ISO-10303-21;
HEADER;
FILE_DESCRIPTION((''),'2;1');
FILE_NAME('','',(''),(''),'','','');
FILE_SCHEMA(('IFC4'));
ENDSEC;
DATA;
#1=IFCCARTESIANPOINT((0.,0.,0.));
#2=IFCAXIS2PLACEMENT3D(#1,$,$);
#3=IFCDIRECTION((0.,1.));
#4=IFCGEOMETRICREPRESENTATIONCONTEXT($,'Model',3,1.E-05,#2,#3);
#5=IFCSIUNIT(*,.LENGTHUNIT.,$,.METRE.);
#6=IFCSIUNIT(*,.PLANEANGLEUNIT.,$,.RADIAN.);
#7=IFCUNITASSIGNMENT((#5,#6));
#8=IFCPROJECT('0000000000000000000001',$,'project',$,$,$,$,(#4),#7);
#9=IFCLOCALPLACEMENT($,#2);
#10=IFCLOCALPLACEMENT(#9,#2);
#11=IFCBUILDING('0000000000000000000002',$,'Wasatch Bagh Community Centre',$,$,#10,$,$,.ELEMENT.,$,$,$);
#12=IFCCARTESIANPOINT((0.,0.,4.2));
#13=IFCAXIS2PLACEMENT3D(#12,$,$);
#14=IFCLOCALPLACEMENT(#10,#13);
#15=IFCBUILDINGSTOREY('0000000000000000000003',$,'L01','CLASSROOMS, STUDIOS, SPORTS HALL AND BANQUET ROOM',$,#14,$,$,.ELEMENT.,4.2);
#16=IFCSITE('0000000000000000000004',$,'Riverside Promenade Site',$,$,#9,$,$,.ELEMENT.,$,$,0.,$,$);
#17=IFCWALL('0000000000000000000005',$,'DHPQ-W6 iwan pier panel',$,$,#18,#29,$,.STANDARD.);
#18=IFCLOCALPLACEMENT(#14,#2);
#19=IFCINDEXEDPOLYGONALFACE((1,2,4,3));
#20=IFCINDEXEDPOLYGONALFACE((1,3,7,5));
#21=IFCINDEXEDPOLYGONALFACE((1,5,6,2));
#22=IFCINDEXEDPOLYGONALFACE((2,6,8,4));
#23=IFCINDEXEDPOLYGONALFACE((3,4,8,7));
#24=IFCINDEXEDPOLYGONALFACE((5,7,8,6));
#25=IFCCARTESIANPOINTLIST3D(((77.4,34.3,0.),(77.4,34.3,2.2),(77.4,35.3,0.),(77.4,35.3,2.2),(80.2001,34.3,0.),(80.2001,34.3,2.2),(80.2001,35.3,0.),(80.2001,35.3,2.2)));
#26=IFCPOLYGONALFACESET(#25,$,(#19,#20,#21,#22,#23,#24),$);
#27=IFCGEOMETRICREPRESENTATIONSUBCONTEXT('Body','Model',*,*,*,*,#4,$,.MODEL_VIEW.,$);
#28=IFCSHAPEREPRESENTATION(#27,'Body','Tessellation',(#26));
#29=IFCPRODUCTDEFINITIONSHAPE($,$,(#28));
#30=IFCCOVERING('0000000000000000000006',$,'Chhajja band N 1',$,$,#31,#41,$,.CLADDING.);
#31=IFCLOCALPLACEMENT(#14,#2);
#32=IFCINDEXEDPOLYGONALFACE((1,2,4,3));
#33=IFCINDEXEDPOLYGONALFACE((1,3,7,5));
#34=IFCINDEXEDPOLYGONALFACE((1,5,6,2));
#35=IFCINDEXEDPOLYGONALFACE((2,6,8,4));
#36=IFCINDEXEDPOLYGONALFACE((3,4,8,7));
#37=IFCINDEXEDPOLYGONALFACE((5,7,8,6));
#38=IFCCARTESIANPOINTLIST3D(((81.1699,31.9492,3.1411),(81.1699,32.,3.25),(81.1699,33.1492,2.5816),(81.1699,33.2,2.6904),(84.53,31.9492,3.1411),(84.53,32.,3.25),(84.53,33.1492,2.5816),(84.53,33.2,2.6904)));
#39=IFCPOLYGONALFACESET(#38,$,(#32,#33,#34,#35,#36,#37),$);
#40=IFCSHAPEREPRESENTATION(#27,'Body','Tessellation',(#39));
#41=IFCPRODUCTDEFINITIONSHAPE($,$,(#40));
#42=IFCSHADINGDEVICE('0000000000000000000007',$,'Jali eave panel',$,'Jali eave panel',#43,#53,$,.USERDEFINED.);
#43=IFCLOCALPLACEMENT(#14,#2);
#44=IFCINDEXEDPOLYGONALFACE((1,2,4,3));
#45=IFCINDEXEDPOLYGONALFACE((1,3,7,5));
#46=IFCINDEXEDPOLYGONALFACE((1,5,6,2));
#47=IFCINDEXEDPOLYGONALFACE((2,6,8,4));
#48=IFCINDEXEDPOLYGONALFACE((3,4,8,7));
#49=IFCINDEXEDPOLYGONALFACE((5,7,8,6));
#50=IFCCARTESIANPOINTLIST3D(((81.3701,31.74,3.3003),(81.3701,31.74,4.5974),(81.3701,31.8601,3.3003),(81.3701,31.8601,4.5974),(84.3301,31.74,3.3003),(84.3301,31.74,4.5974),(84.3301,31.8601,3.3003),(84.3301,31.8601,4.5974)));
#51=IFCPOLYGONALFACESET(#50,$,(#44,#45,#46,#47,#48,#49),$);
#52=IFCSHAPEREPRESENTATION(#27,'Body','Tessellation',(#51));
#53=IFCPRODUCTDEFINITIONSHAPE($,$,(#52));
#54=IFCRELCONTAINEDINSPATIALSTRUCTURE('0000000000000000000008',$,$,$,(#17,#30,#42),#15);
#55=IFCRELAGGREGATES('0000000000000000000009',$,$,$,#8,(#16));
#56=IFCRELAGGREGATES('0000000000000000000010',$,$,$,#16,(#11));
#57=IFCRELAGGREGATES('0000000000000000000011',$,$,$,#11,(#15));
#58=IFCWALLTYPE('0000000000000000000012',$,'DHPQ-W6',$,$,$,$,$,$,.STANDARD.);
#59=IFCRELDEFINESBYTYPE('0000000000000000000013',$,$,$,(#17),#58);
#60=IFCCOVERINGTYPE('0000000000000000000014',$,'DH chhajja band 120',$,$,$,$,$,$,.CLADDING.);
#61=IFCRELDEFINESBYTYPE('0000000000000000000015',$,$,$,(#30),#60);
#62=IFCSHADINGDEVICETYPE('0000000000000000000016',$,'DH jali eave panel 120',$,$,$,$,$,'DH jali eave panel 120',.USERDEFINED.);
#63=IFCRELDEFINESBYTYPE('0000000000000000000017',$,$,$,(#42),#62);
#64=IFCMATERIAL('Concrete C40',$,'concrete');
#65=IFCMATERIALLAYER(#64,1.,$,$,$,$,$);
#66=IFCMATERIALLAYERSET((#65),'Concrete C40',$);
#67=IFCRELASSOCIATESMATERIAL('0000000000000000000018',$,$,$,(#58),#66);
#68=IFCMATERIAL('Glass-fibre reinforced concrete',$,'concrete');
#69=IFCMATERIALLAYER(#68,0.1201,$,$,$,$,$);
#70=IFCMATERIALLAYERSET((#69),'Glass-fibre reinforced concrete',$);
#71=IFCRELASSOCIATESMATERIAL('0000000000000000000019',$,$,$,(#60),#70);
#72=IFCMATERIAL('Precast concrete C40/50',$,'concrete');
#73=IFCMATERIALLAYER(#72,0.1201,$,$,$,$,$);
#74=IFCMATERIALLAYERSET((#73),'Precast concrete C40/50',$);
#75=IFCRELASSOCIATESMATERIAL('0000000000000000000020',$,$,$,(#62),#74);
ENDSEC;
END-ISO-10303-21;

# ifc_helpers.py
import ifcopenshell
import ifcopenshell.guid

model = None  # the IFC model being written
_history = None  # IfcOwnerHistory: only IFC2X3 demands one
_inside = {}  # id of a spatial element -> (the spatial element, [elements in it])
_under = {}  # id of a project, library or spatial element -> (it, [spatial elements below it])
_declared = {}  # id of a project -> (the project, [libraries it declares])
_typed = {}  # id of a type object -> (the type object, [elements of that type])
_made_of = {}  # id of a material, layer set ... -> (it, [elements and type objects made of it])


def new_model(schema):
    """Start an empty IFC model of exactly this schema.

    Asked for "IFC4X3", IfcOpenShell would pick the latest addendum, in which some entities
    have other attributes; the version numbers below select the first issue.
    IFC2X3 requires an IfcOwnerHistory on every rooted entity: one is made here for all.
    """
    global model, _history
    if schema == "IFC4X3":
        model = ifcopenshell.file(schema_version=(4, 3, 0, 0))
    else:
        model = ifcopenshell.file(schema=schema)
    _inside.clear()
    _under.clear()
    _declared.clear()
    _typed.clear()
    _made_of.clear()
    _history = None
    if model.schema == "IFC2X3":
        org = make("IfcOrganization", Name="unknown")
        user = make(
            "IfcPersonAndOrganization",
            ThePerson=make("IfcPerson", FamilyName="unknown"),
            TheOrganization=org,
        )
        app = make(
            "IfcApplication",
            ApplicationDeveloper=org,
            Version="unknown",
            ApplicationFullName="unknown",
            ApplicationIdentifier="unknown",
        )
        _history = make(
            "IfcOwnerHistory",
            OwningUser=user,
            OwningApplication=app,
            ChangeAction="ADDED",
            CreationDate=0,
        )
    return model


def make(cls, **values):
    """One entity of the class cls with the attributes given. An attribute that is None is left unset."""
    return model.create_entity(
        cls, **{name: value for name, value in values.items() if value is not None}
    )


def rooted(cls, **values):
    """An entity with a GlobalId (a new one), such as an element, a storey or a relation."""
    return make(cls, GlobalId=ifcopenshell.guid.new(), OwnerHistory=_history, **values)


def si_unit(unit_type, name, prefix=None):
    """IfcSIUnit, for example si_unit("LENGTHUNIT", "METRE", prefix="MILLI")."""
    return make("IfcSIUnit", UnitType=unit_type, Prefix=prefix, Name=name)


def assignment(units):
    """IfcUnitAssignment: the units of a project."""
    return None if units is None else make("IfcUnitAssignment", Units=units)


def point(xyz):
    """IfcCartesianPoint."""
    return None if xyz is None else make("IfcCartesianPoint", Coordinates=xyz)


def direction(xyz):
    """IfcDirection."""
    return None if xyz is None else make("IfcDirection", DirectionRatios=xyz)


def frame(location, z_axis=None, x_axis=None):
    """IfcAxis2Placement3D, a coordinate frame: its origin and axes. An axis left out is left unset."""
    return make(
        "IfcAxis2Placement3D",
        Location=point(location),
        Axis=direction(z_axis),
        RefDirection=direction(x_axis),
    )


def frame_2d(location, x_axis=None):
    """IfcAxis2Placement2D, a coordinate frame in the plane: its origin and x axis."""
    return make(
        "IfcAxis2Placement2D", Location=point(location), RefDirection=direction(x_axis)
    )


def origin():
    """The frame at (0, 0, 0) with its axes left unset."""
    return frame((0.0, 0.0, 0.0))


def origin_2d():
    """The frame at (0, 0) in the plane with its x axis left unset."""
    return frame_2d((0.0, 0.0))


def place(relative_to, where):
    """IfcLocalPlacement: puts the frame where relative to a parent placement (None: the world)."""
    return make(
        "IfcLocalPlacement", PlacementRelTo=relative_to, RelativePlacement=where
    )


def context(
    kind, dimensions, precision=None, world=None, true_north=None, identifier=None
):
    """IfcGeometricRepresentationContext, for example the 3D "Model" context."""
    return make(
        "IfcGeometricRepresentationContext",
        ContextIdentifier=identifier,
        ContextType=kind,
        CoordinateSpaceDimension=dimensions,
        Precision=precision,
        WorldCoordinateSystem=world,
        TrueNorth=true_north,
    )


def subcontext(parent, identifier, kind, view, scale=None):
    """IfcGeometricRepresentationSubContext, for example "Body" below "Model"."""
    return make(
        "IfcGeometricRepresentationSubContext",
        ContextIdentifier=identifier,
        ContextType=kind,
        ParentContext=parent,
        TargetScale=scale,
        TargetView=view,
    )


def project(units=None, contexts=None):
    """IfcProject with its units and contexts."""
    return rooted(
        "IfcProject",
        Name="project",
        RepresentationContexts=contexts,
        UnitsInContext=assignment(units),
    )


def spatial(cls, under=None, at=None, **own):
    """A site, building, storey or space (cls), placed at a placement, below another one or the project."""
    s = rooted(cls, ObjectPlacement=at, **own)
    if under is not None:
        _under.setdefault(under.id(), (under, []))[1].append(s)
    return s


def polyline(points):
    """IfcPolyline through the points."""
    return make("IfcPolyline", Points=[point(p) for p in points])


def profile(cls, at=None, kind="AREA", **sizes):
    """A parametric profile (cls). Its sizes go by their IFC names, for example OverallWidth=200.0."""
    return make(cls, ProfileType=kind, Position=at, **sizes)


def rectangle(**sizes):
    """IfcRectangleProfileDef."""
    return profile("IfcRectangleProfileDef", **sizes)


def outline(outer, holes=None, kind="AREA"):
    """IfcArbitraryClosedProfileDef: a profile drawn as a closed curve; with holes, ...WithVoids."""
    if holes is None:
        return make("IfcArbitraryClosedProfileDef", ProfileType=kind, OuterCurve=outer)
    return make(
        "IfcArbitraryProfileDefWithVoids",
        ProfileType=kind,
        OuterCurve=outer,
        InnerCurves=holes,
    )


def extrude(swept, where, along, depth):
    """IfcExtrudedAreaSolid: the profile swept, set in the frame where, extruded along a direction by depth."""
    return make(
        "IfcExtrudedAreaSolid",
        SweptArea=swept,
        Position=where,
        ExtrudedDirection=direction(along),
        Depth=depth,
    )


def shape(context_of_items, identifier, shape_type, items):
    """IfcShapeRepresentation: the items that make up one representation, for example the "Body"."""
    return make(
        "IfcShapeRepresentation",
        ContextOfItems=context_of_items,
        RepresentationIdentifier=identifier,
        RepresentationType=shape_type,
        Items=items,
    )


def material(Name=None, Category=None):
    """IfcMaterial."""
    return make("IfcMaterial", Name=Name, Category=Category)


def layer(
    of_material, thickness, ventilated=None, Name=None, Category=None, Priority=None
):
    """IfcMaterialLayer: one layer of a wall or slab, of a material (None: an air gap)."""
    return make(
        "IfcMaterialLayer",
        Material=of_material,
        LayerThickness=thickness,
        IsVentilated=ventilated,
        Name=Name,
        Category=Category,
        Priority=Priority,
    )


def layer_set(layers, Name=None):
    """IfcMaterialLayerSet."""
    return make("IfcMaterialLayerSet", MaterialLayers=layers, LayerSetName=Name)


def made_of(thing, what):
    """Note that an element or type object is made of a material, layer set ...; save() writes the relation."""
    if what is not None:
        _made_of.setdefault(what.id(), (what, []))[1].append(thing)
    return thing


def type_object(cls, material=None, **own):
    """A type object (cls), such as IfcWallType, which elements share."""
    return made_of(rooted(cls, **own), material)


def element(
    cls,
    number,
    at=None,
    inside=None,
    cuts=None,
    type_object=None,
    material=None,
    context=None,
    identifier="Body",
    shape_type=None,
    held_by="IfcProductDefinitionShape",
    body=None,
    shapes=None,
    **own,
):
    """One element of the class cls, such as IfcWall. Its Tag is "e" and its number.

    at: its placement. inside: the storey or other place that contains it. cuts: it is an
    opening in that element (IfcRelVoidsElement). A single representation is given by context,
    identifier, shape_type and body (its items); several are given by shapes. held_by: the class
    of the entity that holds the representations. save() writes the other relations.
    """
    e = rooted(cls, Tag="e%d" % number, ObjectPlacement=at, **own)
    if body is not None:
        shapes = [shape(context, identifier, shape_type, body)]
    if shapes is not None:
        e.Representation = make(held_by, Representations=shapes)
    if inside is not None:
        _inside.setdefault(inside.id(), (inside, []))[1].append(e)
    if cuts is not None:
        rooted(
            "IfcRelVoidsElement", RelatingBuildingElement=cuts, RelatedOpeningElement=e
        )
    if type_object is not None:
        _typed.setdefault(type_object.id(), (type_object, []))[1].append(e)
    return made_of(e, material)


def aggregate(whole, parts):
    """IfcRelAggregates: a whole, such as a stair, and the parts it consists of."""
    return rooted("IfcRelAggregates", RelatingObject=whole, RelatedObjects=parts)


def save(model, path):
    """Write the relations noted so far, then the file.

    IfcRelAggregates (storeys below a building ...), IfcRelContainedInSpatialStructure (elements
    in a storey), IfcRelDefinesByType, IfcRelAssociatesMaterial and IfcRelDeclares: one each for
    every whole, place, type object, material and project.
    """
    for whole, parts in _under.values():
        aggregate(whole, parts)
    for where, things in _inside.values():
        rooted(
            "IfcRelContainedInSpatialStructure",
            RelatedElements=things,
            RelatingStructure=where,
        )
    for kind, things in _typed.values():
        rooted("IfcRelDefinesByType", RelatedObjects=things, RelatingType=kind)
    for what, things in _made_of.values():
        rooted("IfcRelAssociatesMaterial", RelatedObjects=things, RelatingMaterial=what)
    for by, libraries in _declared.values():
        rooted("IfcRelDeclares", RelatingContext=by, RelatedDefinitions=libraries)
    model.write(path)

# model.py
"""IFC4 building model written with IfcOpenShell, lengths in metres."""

from ifc_helpers import new_model, si_unit, direction, frame, frame_2d, origin, origin_2d, place, context, subcontext, project, spatial, polyline, rectangle, outline, extrude, material, layer, layer_set, type_object, element, save


model = new_model("IFC4")

# Units and contexts
model_context = context("Model", 3, precision=1e-05, world=origin(), true_north=direction((0.0, 1.0)))
body_context = subcontext(model_context, "Body", "Model", "MODEL_VIEW")
ifc_project = project(units=[si_unit("LENGTHUNIT", "METRE"), si_unit("PLANEANGLEUNIT", "RADIAN")], contexts=[model_context])

# Site, building, storey
site_placement = place(None, origin())
site = spatial("IfcSite", under=ifc_project, at=site_placement, Name="Riverside Promenade Site", CompositionType="ELEMENT", RefElevation=0.0)
building_placement = place(site_placement, origin())
building = spatial("IfcBuilding", under=site, at=building_placement, Name="Wasatch Bagh Community Centre", CompositionType="ELEMENT")
storey_placement = place(building_placement, frame((0.0, 0.0, 4.2)))
storey = spatial("IfcBuildingStorey", under=building, at=storey_placement, Name="L01", Description="CLASSROOMS, STUDIOS, SPORTS HALL AND BANQUET ROOM", CompositionType="ELEMENT", Elevation=4.2)

# Wall
ifc_material_1 = material(Name="Concrete C40", Category="concrete")
ifc_layer_1 = layer(ifc_material_1, 1.0)
ifc_layer_set_1 = layer_set([ifc_layer_1], Name="Concrete C40")
wall_type_1 = type_object("IfcWallType", Name="DHPQ-W6", PredefinedType="STANDARD", material=ifc_layer_set_1)
wall_1_placement = place(storey_placement, frame((80.2, 34.8, 0.0), z_axis=(0.0, 0.0, 1.0), x_axis=(-1.0, 0.0, 0.0)))
element("IfcWall", 1, at=wall_1_placement, inside=storey, type_object=wall_type_1, Name="DHPQ-W6 iwan pier panel", PredefinedType="STANDARD", context=body_context, shape_type="SweptSolid", body=[
    extrude(rectangle(XDim=2.8, YDim=1.0, at=frame_2d((1.3999, 0.0))), origin(), (0.0, 0.0, 1.0), 2.2),
])

# Covering
ifc_material_2 = material(Name="Glass-fibre reinforced concrete", Category="concrete")
ifc_layer_2 = layer(ifc_material_2, 0.1201)
ifc_layer_set_2 = layer_set([ifc_layer_2], Name="Glass-fibre reinforced concrete")
covering_type = type_object("IfcCoveringType", Name="DH chhajja band 120", PredefinedType="CLADDING", material=ifc_layer_set_2)
covering_placement = place(storey_placement, frame((81.1699, 32.0, 3.25), z_axis=(0.0, 0.422633, 0.906301), x_axis=(1.0, 0.0, 0.0)))
element("IfcCovering", 2, at=covering_placement, inside=storey, type_object=covering_type, Name="Chhajja band N 1", PredefinedType="CLADDING", context=body_context, shape_type="SweptSolid", body=[
    extrude(outline(polyline([(0.0, 0.0), (3.3601, 0.0), (3.3601, 1.324), (0.0, 1.324), (0.0, 0.0)])), origin(), (0.0, 0.0, -1.0), 0.1201),
])

# Shading device
ifc_material_3 = material(Name="Precast concrete C40/50", Category="concrete")
ifc_layer_3 = layer(ifc_material_3, 0.1201)
ifc_layer_set_3 = layer_set([ifc_layer_3], Name="Precast concrete C40/50")
shading_device_type = type_object("IfcShadingDeviceType", Name="DH jali eave panel 120", ElementType="DH jali eave panel 120", PredefinedType="USERDEFINED", material=ifc_layer_set_3)
shading_device_placement = place(storey_placement, frame((82.8501, 31.8, 3.3003), z_axis=(0.0, 0.0, 1.0), x_axis=(1.0, 0.0, 0.0)))
element("IfcShadingDevice", 3, at=shading_device_placement, inside=storey, type_object=shading_device_type, Name="Jali eave panel", ObjectType="Jali eave panel", PredefinedType="USERDEFINED", context=body_context, shape_type="SweptSolid", body=[
    extrude(rectangle(XDim=2.96, YDim=0.1201, at=origin_2d()), origin(), (0.0, 0.0, 1.0), 1.2971),
])

save(model, "model.ifc")
